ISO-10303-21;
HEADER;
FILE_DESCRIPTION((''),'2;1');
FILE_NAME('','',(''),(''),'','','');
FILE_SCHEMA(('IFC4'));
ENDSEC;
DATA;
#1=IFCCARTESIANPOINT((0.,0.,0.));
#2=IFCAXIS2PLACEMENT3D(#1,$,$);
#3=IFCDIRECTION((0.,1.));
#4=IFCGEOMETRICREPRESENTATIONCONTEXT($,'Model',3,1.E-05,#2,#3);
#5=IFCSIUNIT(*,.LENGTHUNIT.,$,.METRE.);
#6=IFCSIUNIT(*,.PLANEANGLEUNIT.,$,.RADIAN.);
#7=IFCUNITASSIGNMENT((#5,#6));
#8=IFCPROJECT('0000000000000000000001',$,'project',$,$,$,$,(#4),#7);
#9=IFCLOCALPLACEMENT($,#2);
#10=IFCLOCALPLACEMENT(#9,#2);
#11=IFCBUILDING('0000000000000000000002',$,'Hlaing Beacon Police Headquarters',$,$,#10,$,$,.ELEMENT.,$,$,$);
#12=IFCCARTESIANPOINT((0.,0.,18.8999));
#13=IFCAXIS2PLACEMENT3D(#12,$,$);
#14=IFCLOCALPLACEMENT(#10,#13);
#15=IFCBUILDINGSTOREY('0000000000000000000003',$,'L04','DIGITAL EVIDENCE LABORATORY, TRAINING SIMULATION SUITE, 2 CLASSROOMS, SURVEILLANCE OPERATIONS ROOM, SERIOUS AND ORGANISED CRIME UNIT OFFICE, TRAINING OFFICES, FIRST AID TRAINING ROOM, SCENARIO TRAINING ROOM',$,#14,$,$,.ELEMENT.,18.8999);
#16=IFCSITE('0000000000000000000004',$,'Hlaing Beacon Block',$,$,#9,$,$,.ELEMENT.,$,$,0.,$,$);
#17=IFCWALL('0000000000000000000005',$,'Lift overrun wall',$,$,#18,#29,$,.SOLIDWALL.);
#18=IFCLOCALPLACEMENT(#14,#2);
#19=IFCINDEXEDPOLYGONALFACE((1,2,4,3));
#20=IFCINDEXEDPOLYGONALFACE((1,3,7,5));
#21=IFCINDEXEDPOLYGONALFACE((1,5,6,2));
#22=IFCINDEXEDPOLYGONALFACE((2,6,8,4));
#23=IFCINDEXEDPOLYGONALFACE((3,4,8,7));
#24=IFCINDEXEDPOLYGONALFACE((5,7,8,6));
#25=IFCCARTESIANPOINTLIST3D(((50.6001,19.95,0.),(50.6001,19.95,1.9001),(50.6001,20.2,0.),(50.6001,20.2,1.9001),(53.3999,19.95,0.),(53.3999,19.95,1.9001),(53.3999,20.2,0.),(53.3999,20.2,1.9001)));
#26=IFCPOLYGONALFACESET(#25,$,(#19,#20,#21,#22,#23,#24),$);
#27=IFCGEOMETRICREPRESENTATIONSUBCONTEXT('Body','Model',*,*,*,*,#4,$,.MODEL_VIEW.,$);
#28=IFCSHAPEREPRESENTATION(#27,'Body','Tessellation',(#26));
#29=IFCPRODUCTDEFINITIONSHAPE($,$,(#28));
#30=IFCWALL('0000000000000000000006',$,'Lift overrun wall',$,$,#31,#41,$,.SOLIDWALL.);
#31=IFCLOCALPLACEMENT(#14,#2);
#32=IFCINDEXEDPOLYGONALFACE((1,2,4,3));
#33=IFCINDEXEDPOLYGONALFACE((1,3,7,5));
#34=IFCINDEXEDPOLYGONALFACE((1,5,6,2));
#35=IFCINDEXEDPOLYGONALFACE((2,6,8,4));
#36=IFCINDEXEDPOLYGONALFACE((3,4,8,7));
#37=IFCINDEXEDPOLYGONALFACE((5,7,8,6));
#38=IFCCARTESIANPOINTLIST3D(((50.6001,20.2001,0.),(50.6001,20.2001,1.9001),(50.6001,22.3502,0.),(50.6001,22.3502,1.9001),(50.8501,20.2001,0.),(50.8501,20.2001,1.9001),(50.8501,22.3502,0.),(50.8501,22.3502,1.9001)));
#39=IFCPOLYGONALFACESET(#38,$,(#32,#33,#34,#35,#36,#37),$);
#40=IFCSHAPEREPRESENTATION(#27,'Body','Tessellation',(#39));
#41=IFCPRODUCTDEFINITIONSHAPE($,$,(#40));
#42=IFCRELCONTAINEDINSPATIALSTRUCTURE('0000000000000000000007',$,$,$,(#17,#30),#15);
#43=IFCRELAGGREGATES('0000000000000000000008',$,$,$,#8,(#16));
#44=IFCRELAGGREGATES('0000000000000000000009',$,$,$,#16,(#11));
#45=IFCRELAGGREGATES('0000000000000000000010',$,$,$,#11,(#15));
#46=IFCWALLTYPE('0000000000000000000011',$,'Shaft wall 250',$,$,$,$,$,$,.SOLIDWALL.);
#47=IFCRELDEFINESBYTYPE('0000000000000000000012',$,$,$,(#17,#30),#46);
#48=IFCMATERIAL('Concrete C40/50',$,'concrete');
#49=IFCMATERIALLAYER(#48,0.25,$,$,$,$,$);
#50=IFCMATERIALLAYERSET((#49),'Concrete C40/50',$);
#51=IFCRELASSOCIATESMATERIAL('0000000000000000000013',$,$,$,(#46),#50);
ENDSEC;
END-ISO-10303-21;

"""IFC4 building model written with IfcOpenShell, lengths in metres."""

from ifc_helpers import new_model, si_unit, direction, frame, frame_2d, origin, place, context, subcontext, project, spatial, rectangle, extrude, material, layer, layer_set, type_object, element, save


model = new_model("IFC4")

# Units and contexts
model_context = context("Model", 3, precision=1e-05, world=origin(), true_north=direction((0.0, 1.0)))
body_context = subcontext(model_context, "Body", "Model", "MODEL_VIEW")
ifc_project = project(units=[si_unit("LENGTHUNIT", "METRE"), si_unit("PLANEANGLEUNIT", "RADIAN")], contexts=[model_context])

# Site, building, storey
site_placement = place(None, origin())
site = spatial("IfcSite", under=ifc_project, at=site_placement, Name="Hlaing Beacon Block", CompositionType="ELEMENT", RefElevation=0.0)
building_placement = place(site_placement, origin())
building = spatial("IfcBuilding", under=site, at=building_placement, Name="Hlaing Beacon Police Headquarters", CompositionType="ELEMENT")
storey_placement = place(building_placement, frame((0.0, 0.0, 18.8999)))
storey = spatial("IfcBuildingStorey", under=building, at=storey_placement, Name="L04", Description="DIGITAL EVIDENCE LABORATORY, TRAINING SIMULATION SUITE, 2 CLASSROOMS, SURVEILLANCE OPERATIONS ROOM, SERIOUS AND ORGANISED CRIME UNIT OFFICE, TRAINING OFFICES, FIRST AID TRAINING ROOM, SCENARIO TRAINING ROOM", CompositionType="ELEMENT", Elevation=18.8999)

# Walls
ifc_material_1 = material(Name="Concrete C40/50", Category="concrete")
ifc_layer_1 = layer(ifc_material_1, 0.25)
ifc_layer_set_1 = layer_set([ifc_layer_1], Name="Concrete C40/50")
wall_type_1 = type_object("IfcWallType", Name="Shaft wall 250", PredefinedType="SOLIDWALL", material=ifc_layer_set_1)
for number, where, z_axis, x_axis, name in (
    (1, (50.6001, 20.075, 0.0), (0.0, 0.0, 1.0), (1.0, 0.0, 0.0), "Lift overrun wall"),
):
    element("IfcWall", number, at=place(storey_placement, frame(where, z_axis=z_axis, x_axis=x_axis)), inside=storey, type_object=wall_type_1, Name=name, PredefinedType="SOLIDWALL", context=body_context, shape_type="SweptSolid", body=[
        extrude(rectangle(XDim=2.7998, YDim=0.25, at=frame_2d((1.3999, 0.0))), origin(), (0.0, 0.0, 1.0), 1.9001),
    ])
wall_1_placement = place(storey_placement, frame((50.7251, 20.2, 0.0), z_axis=(0.0, 0.0, 1.0), x_axis=(0.0, 1.0, 0.0)))
element("IfcWall", 2, at=wall_1_placement, inside=storey, type_object=wall_type_1, Name="Lift overrun wall", PredefinedType="SOLIDWALL", context=body_context, shape_type="SweptSolid", body=[
    extrude(rectangle(XDim=2.1501, YDim=0.25, at=frame_2d((1.0752, 0.0))), origin(), (0.0, 0.0, 1.0), 1.9001),
])

save(model, "model.ifc")
